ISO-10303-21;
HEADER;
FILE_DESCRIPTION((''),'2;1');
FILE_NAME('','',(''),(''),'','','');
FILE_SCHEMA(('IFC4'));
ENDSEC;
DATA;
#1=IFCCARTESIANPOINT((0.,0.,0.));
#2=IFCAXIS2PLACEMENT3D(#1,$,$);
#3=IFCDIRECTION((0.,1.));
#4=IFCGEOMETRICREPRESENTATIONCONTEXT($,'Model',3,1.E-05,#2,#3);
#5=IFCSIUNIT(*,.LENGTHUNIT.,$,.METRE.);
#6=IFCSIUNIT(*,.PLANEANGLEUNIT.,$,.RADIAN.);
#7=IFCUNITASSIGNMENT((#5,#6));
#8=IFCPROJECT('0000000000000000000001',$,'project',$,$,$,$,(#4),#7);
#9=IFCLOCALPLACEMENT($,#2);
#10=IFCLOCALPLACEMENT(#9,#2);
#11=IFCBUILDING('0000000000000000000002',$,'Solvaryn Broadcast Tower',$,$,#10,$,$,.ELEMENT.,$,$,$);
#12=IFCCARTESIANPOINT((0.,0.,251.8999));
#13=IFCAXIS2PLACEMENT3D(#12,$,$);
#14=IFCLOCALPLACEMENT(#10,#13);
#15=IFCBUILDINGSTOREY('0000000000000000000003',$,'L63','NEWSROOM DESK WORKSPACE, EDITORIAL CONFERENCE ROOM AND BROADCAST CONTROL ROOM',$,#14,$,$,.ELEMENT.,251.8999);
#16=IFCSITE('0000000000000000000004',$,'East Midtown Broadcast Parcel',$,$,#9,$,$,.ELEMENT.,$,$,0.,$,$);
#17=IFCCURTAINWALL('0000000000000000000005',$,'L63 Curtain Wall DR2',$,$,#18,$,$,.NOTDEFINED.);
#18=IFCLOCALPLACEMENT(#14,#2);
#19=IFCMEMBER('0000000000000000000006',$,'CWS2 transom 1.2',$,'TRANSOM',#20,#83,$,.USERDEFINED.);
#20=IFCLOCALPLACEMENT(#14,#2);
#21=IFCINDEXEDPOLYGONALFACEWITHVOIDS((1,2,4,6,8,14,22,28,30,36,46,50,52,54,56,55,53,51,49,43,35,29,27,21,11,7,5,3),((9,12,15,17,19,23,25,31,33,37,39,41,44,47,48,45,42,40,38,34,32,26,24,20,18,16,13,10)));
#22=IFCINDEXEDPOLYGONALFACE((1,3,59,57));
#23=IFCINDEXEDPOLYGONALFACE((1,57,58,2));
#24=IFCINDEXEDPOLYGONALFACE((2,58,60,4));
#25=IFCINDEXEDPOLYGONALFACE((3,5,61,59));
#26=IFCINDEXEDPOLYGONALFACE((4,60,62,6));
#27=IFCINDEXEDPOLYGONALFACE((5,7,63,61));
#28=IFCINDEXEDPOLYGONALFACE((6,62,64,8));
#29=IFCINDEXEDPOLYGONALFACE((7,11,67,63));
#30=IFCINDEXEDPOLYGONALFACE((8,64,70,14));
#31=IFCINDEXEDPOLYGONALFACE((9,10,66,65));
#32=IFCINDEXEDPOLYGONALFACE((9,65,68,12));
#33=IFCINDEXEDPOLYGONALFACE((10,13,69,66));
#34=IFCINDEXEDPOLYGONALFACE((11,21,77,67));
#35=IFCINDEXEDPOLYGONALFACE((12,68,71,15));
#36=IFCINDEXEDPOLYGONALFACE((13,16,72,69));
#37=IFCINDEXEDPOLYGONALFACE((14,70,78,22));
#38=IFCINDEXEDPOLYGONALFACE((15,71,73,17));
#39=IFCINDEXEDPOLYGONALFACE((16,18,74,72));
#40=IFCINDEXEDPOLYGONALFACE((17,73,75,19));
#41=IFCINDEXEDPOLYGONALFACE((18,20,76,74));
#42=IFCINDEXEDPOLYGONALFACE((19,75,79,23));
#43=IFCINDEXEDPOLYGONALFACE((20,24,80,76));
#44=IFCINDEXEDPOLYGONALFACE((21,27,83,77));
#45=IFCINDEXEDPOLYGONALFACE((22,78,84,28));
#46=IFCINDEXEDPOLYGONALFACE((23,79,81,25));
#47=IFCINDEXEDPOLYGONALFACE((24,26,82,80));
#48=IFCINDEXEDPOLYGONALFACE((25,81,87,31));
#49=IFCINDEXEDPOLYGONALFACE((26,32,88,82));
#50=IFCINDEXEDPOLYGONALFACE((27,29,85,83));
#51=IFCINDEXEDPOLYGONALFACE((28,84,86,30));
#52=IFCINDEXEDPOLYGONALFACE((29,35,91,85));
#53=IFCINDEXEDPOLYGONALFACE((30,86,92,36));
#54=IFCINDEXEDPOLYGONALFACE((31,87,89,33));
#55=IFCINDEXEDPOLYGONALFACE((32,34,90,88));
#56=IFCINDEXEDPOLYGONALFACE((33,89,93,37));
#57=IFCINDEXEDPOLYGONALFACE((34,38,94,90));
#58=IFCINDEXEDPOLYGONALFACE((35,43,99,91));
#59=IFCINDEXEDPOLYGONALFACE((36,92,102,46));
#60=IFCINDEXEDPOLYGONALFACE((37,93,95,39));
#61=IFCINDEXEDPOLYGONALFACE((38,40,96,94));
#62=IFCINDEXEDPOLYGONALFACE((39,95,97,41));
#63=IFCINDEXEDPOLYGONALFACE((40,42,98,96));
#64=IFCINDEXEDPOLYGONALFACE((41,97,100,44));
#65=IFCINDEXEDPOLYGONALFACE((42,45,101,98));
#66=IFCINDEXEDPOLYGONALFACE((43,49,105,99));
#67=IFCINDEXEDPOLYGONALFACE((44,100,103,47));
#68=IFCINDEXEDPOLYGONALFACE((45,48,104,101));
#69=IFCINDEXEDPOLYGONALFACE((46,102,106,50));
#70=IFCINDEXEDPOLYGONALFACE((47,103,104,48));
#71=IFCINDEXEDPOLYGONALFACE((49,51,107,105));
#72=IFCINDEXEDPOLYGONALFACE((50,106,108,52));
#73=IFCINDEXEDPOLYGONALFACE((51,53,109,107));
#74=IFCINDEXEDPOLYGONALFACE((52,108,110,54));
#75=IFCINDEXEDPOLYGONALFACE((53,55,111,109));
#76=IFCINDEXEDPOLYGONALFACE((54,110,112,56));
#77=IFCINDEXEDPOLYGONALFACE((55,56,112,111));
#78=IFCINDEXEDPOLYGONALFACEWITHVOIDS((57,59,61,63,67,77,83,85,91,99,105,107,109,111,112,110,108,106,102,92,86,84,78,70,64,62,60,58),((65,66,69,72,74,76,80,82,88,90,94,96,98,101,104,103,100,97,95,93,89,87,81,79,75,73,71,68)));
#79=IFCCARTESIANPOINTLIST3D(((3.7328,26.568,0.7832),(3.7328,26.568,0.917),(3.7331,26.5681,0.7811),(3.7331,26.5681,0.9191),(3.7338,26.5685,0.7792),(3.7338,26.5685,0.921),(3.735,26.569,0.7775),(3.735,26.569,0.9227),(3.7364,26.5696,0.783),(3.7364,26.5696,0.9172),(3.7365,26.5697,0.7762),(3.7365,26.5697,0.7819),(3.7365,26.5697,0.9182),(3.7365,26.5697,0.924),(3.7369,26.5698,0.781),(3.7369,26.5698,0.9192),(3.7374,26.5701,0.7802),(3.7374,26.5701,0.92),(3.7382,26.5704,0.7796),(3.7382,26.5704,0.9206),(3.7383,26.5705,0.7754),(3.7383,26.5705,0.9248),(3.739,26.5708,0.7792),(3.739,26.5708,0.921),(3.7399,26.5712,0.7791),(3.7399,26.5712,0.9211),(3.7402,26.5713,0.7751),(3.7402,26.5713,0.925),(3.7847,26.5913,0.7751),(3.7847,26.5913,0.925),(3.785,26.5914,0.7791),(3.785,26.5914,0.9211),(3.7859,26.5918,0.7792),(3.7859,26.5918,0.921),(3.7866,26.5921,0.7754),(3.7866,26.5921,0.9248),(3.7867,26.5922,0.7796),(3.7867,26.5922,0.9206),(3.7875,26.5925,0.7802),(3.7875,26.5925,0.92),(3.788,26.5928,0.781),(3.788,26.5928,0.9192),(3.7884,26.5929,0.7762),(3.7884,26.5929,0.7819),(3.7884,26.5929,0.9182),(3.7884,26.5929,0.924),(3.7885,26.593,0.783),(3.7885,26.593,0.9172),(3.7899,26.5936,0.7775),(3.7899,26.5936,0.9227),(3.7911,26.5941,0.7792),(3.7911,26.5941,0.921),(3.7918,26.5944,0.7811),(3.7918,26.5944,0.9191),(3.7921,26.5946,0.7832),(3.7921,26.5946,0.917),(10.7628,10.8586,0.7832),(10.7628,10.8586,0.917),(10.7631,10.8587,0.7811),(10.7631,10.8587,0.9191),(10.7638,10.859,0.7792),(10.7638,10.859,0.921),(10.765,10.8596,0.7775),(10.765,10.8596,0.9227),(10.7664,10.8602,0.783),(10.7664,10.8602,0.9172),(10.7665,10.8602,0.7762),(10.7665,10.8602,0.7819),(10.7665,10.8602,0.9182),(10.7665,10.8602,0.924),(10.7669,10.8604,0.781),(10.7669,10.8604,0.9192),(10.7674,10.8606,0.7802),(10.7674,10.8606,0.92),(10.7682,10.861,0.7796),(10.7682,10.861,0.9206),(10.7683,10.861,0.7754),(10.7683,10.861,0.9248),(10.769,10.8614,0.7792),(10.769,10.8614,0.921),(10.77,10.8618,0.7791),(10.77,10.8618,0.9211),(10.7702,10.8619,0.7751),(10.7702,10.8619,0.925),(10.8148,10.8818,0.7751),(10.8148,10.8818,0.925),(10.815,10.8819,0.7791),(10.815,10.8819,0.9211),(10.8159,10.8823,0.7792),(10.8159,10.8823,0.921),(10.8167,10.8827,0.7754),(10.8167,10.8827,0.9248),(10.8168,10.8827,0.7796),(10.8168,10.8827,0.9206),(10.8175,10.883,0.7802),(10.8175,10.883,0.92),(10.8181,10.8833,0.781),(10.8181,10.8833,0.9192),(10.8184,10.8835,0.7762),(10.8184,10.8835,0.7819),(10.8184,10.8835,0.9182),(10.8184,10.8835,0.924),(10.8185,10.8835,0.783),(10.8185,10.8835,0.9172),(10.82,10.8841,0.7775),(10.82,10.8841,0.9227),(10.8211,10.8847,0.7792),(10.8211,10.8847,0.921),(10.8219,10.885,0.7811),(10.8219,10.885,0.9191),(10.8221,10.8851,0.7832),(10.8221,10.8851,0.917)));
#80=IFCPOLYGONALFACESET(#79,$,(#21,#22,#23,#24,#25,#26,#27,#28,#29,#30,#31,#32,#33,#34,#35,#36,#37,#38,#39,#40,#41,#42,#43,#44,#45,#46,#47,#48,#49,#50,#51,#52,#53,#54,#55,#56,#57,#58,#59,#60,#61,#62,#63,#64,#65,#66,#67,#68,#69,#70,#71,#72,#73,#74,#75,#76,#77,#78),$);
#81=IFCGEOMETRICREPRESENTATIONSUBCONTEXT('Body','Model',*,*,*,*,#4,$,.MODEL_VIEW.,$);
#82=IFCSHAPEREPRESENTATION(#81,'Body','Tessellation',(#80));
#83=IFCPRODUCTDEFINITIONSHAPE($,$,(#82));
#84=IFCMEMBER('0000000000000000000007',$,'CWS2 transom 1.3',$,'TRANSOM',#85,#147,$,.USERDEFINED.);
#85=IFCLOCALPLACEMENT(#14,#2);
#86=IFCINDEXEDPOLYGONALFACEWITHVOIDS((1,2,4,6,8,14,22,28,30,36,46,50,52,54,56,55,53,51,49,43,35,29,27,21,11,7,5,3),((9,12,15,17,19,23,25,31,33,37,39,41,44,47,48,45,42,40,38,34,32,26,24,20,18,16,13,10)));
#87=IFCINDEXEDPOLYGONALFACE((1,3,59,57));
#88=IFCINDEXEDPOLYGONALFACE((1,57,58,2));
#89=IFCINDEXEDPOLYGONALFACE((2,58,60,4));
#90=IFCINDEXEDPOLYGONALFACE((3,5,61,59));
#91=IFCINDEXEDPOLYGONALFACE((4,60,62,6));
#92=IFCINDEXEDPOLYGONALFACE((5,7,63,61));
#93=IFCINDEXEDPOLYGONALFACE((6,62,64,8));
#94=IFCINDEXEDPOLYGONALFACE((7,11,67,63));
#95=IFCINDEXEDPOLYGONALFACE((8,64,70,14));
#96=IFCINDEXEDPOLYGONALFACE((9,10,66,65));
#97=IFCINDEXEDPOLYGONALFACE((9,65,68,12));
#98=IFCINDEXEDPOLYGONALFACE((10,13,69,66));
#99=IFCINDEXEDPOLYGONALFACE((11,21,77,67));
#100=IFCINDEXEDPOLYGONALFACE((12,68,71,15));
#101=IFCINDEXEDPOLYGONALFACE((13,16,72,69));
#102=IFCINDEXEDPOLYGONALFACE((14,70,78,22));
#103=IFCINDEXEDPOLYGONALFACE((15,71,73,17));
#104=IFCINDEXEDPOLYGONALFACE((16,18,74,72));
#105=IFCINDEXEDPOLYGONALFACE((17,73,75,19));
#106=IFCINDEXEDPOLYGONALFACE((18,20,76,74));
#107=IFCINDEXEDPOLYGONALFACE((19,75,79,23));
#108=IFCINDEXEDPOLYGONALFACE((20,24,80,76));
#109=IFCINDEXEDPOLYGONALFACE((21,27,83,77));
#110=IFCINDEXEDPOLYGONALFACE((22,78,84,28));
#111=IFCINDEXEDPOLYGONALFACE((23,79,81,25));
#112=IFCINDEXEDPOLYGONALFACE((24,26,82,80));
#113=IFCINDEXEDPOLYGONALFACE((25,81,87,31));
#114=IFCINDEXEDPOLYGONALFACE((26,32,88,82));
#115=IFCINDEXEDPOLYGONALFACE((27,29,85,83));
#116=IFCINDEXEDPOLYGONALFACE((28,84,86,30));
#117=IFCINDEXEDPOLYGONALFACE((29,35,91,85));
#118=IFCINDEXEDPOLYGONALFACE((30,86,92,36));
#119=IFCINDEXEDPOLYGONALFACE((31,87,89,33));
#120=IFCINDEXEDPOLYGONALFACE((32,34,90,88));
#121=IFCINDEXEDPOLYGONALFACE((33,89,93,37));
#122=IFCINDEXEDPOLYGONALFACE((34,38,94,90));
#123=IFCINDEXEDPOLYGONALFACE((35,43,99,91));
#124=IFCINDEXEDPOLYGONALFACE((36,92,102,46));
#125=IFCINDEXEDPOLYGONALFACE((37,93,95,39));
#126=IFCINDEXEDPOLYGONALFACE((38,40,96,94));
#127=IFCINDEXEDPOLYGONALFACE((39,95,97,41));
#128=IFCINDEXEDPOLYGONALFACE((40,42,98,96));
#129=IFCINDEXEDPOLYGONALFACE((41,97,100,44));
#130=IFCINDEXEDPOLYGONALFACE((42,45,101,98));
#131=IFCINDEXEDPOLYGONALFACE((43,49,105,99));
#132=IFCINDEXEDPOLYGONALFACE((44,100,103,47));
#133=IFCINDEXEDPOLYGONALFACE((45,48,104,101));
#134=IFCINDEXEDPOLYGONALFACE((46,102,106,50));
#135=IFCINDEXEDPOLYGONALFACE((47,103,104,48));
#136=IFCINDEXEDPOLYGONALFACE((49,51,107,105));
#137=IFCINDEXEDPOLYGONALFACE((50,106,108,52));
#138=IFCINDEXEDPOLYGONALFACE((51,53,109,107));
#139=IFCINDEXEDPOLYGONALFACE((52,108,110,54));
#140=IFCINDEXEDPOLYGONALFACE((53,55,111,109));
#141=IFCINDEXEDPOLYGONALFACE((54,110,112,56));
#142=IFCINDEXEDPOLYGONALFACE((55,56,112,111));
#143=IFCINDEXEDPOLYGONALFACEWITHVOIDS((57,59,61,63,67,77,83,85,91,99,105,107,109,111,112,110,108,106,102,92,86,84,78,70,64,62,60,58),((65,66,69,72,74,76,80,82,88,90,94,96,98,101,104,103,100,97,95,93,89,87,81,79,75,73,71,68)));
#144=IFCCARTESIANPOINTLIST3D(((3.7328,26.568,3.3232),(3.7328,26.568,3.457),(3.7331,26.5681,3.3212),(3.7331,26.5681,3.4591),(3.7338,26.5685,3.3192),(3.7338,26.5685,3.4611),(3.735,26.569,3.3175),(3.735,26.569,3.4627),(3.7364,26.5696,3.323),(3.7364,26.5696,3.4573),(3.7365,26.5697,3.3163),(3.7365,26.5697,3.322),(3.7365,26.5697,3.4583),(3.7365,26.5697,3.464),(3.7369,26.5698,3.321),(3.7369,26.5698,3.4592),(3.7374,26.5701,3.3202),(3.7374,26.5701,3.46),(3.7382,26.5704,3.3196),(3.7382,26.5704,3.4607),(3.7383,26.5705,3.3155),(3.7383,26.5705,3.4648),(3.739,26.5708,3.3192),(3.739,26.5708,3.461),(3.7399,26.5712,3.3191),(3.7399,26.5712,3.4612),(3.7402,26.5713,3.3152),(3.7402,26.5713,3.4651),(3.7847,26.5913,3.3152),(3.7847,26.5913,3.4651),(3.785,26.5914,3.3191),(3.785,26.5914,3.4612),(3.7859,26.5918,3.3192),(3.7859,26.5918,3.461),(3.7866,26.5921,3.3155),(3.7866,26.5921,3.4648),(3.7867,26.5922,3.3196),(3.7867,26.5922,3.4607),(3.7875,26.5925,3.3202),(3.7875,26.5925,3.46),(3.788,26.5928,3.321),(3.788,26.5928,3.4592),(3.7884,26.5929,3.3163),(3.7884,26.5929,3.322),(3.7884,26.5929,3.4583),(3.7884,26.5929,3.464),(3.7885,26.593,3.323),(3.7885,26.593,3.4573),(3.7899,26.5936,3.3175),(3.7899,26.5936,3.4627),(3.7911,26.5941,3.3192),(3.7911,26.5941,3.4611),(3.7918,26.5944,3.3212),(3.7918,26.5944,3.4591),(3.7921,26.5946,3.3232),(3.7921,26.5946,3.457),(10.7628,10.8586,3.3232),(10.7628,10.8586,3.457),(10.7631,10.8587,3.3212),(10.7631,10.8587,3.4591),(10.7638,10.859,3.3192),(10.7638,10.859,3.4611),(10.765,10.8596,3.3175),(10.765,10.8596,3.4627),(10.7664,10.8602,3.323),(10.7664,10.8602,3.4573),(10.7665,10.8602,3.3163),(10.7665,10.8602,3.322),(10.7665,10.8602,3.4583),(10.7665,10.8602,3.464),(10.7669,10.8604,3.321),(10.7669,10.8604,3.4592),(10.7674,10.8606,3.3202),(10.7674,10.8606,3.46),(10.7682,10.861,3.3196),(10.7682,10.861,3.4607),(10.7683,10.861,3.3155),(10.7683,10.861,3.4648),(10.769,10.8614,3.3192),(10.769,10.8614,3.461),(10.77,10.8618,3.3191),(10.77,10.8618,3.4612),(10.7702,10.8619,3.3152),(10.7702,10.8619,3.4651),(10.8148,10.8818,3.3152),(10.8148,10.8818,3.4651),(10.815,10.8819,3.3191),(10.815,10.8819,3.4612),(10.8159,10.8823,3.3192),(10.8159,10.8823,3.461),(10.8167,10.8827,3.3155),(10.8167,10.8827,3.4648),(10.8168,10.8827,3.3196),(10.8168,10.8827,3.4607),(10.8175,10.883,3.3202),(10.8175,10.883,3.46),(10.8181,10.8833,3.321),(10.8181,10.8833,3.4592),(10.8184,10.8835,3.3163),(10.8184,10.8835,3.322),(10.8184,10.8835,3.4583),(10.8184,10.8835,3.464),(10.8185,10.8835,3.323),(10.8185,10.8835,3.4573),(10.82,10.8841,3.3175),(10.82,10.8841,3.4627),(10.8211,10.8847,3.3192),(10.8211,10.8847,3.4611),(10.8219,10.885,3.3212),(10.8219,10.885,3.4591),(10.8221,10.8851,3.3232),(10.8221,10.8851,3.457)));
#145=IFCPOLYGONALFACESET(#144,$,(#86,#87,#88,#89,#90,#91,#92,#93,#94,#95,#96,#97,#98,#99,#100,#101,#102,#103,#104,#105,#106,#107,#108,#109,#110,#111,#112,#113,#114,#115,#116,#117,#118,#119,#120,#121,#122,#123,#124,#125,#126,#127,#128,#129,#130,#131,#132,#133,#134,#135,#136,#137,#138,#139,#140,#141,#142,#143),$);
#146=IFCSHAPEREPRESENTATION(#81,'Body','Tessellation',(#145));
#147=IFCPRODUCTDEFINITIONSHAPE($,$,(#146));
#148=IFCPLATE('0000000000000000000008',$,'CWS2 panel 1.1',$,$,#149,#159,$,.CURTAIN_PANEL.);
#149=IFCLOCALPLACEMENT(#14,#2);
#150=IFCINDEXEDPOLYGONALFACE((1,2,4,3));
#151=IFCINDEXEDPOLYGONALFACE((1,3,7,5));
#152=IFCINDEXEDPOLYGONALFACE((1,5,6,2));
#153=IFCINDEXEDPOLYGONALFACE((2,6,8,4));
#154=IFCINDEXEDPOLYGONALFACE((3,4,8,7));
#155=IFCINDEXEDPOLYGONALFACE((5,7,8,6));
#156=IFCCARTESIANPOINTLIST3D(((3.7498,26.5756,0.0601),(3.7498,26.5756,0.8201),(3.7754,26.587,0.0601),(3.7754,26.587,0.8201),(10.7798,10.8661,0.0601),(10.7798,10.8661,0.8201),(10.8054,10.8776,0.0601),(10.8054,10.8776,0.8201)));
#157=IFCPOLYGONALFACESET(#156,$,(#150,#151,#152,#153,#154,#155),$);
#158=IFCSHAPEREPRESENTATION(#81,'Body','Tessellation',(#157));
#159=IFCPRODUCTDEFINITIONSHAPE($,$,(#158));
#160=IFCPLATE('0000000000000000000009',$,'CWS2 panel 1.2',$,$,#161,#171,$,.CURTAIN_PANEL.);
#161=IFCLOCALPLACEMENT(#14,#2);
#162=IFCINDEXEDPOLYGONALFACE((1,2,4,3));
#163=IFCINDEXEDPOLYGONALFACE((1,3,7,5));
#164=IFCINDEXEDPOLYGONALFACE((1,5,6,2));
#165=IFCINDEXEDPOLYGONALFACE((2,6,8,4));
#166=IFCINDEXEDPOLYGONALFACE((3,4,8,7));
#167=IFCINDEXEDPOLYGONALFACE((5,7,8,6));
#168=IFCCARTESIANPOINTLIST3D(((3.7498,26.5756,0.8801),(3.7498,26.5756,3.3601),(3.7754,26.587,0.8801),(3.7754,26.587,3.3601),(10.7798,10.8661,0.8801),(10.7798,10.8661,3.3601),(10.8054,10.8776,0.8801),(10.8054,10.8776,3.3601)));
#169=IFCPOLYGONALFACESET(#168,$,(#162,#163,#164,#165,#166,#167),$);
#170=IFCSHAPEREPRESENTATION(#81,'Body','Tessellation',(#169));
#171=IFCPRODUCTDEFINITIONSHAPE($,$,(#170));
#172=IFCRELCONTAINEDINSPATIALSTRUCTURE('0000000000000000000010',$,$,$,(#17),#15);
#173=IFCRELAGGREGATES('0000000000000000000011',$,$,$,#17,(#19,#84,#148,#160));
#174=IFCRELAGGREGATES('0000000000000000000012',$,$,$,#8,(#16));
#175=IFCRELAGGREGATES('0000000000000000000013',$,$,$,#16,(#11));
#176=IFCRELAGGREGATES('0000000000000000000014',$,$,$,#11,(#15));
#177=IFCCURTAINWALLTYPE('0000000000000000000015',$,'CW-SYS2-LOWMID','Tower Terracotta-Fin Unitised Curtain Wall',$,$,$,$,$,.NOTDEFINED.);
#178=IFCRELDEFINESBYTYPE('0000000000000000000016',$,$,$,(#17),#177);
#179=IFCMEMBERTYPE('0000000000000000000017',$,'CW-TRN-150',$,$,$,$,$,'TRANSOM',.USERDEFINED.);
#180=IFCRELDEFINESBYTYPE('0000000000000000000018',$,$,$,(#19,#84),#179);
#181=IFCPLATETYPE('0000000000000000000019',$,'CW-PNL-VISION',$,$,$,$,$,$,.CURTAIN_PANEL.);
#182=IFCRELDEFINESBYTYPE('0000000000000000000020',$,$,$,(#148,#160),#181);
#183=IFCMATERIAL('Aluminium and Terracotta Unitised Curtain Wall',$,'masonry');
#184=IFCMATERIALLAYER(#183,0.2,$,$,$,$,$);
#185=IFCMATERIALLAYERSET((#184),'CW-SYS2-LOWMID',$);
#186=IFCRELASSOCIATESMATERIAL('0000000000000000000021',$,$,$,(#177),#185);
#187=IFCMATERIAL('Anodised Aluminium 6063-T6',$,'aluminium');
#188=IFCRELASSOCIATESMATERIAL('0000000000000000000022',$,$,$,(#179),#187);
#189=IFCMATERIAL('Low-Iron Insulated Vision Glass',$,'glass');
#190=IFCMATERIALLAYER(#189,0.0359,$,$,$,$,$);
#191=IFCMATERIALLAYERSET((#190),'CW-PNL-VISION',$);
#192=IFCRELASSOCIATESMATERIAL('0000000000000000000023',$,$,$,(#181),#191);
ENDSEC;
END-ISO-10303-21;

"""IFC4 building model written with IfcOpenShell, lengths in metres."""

from ifc_helpers import new_model, si_unit, direction, frame, origin, origin_2d, place, context, subcontext, project, spatial, rectangle, hollow_rectangle, extrude, material, layer, layer_set, material_profile, profile_set, type_object, element, aggregate, save


model = new_model("IFC4")

# Units and contexts
model_context = context("Model", 3, precision=1e-05, world=origin(), true_north=direction((0.0, 1.0)))
body_context = subcontext(model_context, "Body", "Model", "MODEL_VIEW")
ifc_project = project(units=[si_unit("LENGTHUNIT", "METRE"), si_unit("PLANEANGLEUNIT", "RADIAN")], contexts=[model_context])

# Site, building, storey
site_placement = place(None, origin())
site = spatial("IfcSite", under=ifc_project, at=site_placement, Name="East Midtown Broadcast Parcel", CompositionType="ELEMENT", RefElevation=0.0)
building_placement = place(site_placement, origin())
building = spatial("IfcBuilding", under=site, at=building_placement, Name="Solvaryn Broadcast Tower", CompositionType="ELEMENT")
storey_placement = place(building_placement, frame((0.0, 0.0, 251.8999)))
storey = spatial("IfcBuildingStorey", under=building, at=storey_placement, Name="L63", Description="NEWSROOM DESK WORKSPACE, EDITORIAL CONFERENCE ROOM AND BROADCAST CONTROL ROOM", CompositionType="ELEMENT", Elevation=251.8999)

# Shared definitions
ifc_material_1 = material(Name="Aluminium and Terracotta Unitised Curtain Wall", Category="masonry")
ifc_layer_1 = layer(ifc_material_1, 0.2)
ifc_layer_set_1 = layer_set([ifc_layer_1], Name="CW-SYS2-LOWMID")
curtain_wall_type = type_object("IfcCurtainWallType", Name="CW-SYS2-LOWMID", Description="Tower Terracotta-Fin Unitised Curtain Wall", PredefinedType="NOTDEFINED", material=ifc_layer_set_1)

# Curtain wall, members, plates
curtain_wall_1_placement = place(storey_placement, origin())
curtain_wall_1 = element("IfcCurtainWall", 1, at=curtain_wall_1_placement, inside=storey, type_object=curtain_wall_type, Name="L63 Curtain Wall DR2", PredefinedType="NOTDEFINED")
ifc_material_2 = material(Name="Anodised Aluminium 6063-T6", Category="aluminium")
ifc_material_profile_1 = material_profile(ifc_material_2, hollow_rectangle(XDim=0.0649, YDim=0.1499, WallThickness=0.0039, InnerFilletRadius=0.0039, OuterFilletRadius=0.0081, at=origin_2d()))
ifc_profile_set_1 = profile_set([ifc_material_profile_1], Name="Anodised Aluminium 6063-T6")
member_type_1 = type_object("IfcMemberType", Name="CW-TRN-150", ElementType="TRANSOM", PredefinedType="USERDEFINED", material=ifc_profile_set_1)
member_1_placement = place(storey_placement, frame((3.7625, 26.5813, 0.8501), z_axis=(0.408468, -0.912773, 0.0), x_axis=(0.912773, 0.408468, 0.0)))
member_1 = element("IfcMember", 2, at=member_1_placement, type_object=member_type_1, Name="CWS2 transom 1.2", ObjectType="TRANSOM", PredefinedType="USERDEFINED", context=body_context, shape_type="SweptSolid", body=[
    extrude(hollow_rectangle(XDim=0.0649, YDim=0.1499, WallThickness=0.0039, InnerFilletRadius=0.0039, OuterFilletRadius=0.0081, at=origin_2d()), origin(), (0.0, 0.0, 1.0), 17.2107),
])
member_2_placement = place(storey_placement, frame((3.7625, 26.5813, 3.3901), z_axis=(0.408468, -0.912773, 0.0), x_axis=(0.912773, 0.408468, 0.0)))
member_2 = element("IfcMember", 3, at=member_2_placement, type_object=member_type_1, Name="CWS2 transom 1.3", ObjectType="TRANSOM", PredefinedType="USERDEFINED", context=body_context, shape_type="SweptSolid", body=[
    extrude(hollow_rectangle(XDim=0.0649, YDim=0.1499, WallThickness=0.0039, InnerFilletRadius=0.0039, OuterFilletRadius=0.0081, at=origin_2d()), origin(), (0.0, 0.0, 1.0), 17.2107),
])
ifc_material_3 = material(Name="Low-Iron Insulated Vision Glass", Category="glass")
ifc_layer_2 = layer(ifc_material_3, 0.0359)
ifc_layer_set_2 = layer_set([ifc_layer_2], Name="CW-PNL-VISION")
plate_type = type_object("IfcPlateType", Name="CW-PNL-VISION", PredefinedType="CURTAIN_PANEL", material=ifc_layer_set_2)
plate_1_placement = place(storey_placement, frame((7.2776, 18.7266, 0.0601), z_axis=(0.0, 0.0, 1.0), x_axis=(0.408466, -0.912774, 0.0)))
plate_1 = element("IfcPlate", 4, at=plate_1_placement, type_object=plate_type, Name="CWS2 panel 1.1", PredefinedType="CURTAIN_PANEL", context=body_context, shape_type="SweptSolid", body=[
    extrude(rectangle(XDim=17.2107, YDim=0.0281, at=origin_2d()), origin(), (0.0, 0.0, 1.0), 0.76),
])
plate_2_placement = place(storey_placement, frame((7.2776, 18.7266, 0.8801), z_axis=(0.0, 0.0, 1.0), x_axis=(0.408466, -0.912774, 0.0)))
plate_2 = element("IfcPlate", 5, at=plate_2_placement, type_object=plate_type, Name="CWS2 panel 1.2", PredefinedType="CURTAIN_PANEL", context=body_context, shape_type="SweptSolid", body=[
    extrude(rectangle(XDim=17.2107, YDim=0.0281, at=origin_2d()), origin(), (0.0, 0.0, 1.0), 2.48),
])
aggregate(curtain_wall_1, [member_1, member_2, plate_1, plate_2])

save(model, "model.ifc")
